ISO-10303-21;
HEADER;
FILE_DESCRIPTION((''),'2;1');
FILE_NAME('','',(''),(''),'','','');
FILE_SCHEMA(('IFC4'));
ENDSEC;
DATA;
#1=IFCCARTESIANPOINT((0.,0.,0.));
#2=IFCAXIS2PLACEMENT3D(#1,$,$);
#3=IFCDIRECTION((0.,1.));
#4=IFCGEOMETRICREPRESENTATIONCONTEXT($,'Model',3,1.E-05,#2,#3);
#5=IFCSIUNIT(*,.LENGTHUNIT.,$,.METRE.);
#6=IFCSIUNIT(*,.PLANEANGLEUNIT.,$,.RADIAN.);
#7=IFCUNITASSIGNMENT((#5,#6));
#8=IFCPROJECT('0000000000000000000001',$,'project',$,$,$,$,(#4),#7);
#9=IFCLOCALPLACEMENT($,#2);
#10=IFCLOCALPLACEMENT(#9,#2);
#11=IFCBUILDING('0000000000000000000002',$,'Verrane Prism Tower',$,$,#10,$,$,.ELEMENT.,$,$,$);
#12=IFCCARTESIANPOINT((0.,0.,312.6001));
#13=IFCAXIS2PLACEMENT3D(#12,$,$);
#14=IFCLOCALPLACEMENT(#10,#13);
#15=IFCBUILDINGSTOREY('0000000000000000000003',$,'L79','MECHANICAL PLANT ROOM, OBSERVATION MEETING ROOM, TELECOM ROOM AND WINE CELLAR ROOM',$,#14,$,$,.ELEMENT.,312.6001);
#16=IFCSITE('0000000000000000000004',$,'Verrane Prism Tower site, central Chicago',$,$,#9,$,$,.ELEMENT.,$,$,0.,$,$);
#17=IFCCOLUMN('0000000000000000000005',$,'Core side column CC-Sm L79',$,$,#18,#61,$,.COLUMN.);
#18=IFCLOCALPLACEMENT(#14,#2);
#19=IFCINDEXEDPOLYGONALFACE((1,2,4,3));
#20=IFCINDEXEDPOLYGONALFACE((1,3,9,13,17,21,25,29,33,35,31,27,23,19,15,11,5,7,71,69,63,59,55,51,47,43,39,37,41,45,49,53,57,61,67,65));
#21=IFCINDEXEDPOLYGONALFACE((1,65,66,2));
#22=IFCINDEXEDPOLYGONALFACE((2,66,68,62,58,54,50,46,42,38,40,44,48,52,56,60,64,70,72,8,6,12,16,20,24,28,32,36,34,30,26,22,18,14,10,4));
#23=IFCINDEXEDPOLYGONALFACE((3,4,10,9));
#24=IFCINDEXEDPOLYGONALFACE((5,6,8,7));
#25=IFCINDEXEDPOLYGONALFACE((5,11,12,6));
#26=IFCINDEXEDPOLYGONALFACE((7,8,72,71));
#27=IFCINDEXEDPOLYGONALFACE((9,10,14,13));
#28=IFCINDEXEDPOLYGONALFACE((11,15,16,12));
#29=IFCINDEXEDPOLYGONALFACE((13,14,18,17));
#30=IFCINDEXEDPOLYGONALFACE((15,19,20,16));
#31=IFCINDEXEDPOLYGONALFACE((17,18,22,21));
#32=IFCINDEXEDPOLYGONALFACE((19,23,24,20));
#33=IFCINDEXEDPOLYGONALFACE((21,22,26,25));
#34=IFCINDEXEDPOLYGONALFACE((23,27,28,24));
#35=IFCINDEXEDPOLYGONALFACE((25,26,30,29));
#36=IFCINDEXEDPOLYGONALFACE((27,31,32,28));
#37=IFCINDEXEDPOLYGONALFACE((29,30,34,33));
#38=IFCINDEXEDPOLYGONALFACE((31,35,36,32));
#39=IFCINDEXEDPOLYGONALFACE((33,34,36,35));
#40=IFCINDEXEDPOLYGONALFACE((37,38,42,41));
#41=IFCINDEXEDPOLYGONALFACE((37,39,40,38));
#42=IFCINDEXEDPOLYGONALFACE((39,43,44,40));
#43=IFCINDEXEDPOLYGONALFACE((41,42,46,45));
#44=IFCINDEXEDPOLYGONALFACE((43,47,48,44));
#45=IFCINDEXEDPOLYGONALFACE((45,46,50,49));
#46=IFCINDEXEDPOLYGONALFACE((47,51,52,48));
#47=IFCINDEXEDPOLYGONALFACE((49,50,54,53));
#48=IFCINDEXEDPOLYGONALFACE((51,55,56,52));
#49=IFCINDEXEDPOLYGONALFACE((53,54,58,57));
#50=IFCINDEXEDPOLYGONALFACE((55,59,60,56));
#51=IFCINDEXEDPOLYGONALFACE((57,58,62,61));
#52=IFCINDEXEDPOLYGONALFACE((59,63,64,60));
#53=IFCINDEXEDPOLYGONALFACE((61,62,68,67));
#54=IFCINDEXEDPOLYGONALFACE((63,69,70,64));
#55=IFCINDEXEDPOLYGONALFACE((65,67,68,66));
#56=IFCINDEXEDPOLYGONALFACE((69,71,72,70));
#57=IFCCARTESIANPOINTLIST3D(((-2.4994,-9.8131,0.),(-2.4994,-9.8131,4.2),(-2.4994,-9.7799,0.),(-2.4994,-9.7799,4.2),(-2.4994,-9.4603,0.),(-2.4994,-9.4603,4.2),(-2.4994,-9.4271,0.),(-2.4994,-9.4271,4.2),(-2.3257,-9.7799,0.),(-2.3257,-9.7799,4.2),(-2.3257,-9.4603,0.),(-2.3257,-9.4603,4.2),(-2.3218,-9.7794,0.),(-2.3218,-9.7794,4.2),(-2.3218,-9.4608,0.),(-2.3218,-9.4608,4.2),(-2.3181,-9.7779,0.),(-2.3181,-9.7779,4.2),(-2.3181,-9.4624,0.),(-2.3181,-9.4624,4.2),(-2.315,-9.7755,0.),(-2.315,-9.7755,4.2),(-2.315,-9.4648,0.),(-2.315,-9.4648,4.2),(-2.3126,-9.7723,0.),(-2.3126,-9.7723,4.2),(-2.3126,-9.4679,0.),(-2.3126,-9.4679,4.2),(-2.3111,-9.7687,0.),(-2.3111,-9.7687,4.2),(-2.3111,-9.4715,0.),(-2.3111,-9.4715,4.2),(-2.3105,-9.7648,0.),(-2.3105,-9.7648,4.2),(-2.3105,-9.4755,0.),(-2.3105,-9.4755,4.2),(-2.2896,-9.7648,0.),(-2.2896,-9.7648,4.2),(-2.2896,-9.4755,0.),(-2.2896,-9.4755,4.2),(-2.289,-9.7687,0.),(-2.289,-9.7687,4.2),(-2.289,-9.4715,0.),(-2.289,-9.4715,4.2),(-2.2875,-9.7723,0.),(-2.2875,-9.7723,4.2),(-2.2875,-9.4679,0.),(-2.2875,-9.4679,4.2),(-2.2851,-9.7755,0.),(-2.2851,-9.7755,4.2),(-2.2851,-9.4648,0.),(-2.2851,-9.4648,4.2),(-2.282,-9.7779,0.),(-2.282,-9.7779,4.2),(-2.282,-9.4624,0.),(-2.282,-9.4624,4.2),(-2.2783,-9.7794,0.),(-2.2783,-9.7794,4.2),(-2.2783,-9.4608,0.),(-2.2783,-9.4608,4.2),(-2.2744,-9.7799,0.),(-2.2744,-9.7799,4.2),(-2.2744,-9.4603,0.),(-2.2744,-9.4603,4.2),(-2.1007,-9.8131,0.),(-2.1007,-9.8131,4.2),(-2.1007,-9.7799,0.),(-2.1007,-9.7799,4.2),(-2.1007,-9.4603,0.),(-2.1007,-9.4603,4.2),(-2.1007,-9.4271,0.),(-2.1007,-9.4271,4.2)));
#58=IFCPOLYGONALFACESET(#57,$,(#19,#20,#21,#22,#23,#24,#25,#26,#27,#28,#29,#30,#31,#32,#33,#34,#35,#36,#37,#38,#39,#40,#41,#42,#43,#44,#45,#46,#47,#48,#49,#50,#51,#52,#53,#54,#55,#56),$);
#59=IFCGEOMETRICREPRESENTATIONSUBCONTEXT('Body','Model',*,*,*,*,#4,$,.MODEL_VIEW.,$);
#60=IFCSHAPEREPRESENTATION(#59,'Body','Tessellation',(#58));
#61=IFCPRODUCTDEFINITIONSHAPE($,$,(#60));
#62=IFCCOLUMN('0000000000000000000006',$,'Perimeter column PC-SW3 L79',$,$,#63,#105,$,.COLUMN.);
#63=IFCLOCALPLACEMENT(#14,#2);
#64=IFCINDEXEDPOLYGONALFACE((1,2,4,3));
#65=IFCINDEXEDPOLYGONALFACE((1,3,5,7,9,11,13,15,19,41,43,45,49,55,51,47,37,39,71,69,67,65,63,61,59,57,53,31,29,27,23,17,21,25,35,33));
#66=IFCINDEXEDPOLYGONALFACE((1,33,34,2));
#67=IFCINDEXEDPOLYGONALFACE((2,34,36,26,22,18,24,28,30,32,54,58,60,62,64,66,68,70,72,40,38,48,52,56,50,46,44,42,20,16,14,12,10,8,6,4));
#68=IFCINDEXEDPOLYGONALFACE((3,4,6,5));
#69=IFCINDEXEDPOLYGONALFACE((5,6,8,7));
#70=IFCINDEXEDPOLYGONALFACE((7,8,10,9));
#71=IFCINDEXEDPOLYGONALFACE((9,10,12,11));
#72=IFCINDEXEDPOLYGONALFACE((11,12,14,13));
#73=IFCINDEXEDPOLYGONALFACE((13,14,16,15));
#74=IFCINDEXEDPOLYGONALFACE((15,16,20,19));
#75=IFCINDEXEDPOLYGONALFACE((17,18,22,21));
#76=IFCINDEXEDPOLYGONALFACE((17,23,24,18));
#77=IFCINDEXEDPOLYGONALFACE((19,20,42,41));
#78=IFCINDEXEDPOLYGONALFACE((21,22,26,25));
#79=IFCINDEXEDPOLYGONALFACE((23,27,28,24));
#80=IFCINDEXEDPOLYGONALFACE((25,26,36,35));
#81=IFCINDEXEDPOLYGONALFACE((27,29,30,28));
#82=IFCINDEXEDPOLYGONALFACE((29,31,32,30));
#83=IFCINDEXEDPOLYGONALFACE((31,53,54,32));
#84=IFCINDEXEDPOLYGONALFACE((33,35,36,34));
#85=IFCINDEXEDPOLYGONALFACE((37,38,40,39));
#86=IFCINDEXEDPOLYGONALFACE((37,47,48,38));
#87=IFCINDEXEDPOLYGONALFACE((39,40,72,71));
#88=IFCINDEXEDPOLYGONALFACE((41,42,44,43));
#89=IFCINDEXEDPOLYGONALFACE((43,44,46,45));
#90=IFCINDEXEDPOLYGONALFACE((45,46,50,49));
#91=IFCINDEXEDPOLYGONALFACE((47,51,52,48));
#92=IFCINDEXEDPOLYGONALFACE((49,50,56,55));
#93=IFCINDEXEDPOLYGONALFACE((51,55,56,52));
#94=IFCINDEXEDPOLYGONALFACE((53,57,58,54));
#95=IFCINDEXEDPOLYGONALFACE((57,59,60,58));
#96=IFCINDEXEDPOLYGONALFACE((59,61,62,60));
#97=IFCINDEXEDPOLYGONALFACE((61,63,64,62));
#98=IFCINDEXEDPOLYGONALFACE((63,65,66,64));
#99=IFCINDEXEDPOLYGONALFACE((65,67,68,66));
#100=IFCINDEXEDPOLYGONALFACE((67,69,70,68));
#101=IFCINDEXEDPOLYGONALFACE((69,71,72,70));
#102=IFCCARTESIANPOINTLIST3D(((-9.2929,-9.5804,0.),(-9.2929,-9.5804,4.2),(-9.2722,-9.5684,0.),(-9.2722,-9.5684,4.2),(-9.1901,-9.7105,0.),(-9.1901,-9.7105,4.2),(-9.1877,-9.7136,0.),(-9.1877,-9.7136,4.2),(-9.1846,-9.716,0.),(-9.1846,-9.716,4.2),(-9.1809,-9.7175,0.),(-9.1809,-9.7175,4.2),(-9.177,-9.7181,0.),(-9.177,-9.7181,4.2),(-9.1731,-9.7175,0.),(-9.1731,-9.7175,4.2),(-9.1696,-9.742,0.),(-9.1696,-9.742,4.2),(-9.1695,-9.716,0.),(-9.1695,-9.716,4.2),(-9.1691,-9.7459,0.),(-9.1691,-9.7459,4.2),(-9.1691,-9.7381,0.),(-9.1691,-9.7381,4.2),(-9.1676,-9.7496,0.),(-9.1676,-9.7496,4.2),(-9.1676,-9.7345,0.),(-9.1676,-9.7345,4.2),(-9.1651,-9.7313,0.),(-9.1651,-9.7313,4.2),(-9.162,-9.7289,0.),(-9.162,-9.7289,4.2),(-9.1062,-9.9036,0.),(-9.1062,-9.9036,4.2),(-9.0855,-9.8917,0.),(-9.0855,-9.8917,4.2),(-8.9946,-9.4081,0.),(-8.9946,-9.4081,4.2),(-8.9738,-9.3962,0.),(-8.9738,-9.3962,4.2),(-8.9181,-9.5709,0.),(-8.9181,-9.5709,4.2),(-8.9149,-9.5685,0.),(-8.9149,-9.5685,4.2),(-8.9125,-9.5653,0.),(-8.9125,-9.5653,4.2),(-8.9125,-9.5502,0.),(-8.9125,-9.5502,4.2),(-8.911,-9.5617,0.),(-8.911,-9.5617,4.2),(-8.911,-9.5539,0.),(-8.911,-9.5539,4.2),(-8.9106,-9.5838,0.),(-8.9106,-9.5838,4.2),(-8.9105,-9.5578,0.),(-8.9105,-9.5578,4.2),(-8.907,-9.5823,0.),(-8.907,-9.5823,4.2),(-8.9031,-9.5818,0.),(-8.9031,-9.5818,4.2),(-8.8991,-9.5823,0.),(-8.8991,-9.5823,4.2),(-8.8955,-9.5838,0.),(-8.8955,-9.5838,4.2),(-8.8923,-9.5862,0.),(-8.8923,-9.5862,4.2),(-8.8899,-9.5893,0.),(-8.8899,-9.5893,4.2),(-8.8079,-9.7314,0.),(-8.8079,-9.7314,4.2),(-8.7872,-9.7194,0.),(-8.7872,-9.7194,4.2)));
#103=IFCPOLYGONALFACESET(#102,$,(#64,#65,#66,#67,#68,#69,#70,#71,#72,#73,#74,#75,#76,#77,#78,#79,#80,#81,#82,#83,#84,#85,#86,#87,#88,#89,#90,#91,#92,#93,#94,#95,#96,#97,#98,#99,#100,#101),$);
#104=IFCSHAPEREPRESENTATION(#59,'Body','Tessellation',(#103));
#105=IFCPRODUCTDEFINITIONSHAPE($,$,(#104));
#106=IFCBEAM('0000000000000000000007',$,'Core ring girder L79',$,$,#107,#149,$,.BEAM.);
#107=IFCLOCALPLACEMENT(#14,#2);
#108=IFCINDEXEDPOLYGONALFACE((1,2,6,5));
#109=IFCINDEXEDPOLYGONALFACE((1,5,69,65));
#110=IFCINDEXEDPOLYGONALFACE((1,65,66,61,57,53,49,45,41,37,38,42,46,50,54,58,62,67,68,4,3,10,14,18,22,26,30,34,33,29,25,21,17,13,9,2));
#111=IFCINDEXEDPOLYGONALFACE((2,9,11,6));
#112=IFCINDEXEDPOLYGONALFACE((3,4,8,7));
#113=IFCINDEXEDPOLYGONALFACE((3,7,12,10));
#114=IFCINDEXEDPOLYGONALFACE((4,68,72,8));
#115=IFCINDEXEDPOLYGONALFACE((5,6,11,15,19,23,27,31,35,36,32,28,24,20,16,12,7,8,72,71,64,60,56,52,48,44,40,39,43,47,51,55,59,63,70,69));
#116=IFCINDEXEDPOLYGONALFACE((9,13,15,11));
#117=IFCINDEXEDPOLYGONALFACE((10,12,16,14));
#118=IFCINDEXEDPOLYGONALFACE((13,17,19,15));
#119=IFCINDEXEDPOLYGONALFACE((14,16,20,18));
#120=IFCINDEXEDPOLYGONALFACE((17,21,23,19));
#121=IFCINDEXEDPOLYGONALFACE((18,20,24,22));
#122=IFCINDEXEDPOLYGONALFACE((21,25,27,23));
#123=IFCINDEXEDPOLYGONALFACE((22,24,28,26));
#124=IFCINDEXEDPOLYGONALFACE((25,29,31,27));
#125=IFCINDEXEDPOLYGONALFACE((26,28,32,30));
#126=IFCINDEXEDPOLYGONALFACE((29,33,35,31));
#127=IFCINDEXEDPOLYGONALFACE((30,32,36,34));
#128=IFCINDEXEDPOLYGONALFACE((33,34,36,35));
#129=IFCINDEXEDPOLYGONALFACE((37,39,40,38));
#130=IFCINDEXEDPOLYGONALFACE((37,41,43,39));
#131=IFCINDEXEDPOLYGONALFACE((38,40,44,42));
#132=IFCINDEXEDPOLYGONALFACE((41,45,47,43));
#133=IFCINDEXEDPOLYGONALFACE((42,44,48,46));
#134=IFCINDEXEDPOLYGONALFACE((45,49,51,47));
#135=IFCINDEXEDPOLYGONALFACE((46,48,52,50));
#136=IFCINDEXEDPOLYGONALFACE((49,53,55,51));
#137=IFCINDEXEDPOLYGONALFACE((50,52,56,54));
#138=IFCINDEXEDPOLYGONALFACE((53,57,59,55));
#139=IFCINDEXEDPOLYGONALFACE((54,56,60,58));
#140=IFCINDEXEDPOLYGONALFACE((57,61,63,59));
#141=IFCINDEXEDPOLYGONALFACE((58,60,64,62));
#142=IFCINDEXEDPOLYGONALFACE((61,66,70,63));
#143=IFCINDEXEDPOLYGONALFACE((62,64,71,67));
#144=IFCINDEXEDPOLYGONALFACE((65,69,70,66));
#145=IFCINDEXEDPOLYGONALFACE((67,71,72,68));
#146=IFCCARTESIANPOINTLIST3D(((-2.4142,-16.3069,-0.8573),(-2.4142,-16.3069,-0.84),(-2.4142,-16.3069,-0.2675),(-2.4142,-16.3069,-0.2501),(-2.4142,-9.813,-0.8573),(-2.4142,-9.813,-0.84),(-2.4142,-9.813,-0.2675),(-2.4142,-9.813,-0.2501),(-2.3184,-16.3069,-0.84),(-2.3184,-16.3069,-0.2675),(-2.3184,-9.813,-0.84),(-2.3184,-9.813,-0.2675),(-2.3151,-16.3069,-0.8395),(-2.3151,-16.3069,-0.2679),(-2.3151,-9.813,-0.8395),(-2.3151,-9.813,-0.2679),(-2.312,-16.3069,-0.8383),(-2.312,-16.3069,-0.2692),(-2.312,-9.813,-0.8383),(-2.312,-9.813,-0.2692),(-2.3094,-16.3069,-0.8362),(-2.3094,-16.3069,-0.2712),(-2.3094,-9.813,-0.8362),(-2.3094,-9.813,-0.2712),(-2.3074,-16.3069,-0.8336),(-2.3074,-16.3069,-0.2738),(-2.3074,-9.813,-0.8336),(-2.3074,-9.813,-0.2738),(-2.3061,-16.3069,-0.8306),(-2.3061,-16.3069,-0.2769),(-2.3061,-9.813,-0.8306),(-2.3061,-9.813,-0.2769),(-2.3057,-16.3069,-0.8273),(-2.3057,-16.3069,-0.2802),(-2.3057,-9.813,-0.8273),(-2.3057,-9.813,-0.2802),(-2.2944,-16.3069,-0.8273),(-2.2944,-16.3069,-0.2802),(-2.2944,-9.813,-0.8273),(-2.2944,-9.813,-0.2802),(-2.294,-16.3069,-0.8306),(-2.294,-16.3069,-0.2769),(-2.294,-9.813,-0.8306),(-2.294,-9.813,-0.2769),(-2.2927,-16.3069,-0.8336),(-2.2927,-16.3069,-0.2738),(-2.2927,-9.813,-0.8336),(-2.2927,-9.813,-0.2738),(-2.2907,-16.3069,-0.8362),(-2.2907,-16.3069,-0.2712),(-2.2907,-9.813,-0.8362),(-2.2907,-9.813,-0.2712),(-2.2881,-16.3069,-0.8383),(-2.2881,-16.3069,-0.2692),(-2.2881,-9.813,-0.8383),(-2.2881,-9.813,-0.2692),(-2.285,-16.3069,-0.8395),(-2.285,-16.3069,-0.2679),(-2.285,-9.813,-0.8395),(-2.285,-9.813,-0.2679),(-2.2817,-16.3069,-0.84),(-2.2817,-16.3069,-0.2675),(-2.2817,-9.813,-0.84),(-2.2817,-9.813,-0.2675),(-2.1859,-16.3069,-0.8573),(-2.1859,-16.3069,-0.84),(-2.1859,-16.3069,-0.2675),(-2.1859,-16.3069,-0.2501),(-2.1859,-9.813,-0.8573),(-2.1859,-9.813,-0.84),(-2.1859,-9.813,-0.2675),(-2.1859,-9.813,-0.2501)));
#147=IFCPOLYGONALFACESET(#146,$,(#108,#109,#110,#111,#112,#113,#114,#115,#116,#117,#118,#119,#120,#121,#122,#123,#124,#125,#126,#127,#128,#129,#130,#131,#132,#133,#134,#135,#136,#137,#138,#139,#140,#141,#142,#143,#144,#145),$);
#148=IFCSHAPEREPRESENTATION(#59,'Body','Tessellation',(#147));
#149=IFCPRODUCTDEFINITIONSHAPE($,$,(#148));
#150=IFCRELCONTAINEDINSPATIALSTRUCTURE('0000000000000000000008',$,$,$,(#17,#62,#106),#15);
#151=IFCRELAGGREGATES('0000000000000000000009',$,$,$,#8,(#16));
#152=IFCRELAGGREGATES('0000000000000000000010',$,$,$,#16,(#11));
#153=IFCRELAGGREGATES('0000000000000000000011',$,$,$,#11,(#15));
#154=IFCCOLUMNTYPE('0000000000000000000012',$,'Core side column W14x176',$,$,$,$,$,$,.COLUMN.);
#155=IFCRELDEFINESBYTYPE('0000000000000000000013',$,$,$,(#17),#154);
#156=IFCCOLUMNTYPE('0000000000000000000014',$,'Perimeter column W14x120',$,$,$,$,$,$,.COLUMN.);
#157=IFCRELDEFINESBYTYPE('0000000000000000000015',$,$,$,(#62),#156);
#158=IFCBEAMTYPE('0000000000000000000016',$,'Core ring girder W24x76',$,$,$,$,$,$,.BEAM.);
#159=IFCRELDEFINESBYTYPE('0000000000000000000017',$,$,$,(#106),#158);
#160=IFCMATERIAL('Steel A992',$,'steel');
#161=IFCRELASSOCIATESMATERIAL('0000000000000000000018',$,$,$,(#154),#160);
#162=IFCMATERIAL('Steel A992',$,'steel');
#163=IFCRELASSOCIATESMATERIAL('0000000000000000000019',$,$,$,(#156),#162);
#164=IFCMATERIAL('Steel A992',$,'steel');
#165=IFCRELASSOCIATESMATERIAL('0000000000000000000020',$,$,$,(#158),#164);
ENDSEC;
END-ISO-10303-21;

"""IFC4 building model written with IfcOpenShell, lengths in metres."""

from ifc_helpers import new_model, si_unit, direction, frame, origin, origin_2d, place, context, subcontext, project, spatial, i_section, extrude, material, material_profile, profile_set, type_object, element, save


model = new_model("IFC4")

# Units and contexts
model_context = context("Model", 3, precision=1e-05, world=origin(), true_north=direction((0.0, 1.0)))
body_context = subcontext(model_context, "Body", "Model", "MODEL_VIEW")
ifc_project = project(units=[si_unit("LENGTHUNIT", "METRE"), si_unit("PLANEANGLEUNIT", "RADIAN")], contexts=[model_context])

# Site, building, storey
site_placement = place(None, origin())
site = spatial("IfcSite", under=ifc_project, at=site_placement, Name="Verrane Prism Tower site, central Chicago", CompositionType="ELEMENT", RefElevation=0.0)
building_placement = place(site_placement, origin())
building = spatial("IfcBuilding", under=site, at=building_placement, Name="Verrane Prism Tower", CompositionType="ELEMENT")
storey_placement = place(building_placement, frame((0.0, 0.0, 312.6001)))
storey = spatial("IfcBuildingStorey", under=building, at=storey_placement, Name="L79", Description="MECHANICAL PLANT ROOM, OBSERVATION MEETING ROOM, TELECOM ROOM AND WINE CELLAR ROOM", CompositionType="ELEMENT", Elevation=312.6001)

# Columns
ifc_material_1 = material(Name="Steel A992", Category="steel")
ifc_material_profile_1 = material_profile(ifc_material_1, i_section(OverallWidth=0.3987, OverallDepth=0.386, WebThickness=0.021, FlangeThickness=0.0332, FilletRadius=0.0151, at=origin_2d()), Name="W14x176")
ifc_profile_set_1 = profile_set([ifc_material_profile_1], Name="Steel A992")
column_type_1 = type_object("IfcColumnType", Name="Core side column W14x176", PredefinedType="COLUMN", material=ifc_profile_set_1)
column_1_placement = place(storey_placement, frame((-2.3, -9.6201, 0.0), z_axis=(0.0, 0.0, 1.0), x_axis=(1.0, 0.0, 0.0)))
element("IfcColumn", 1, at=column_1_placement, inside=storey, type_object=column_type_1, Name="Core side column CC-Sm L79", PredefinedType="COLUMN", context=body_context, shape_type="SweptSolid", body=[
    extrude(i_section(OverallWidth=0.3987, OverallDepth=0.386, WebThickness=0.021, FlangeThickness=0.0332, FilletRadius=0.0151, at=origin_2d()), origin(), (0.0, 0.0, 1.0), 4.2),
])
ifc_material_2 = material(Name="Steel A992", Category="steel")
ifc_material_profile_2 = material_profile(ifc_material_2, i_section(OverallWidth=0.3733, OverallDepth=0.3684, WebThickness=0.0149, FlangeThickness=0.0239, FilletRadius=0.0151, at=origin_2d()), Name="W14x120")
ifc_profile_set_2 = profile_set([ifc_material_profile_2], Name="Steel A992")
column_type_2 = type_object("IfcColumnType", Name="Perimeter column W14x120", PredefinedType="COLUMN", material=ifc_profile_set_2)
column_2_placement = place(storey_placement, frame((-9.04, -9.6499, 0.0), z_axis=(0.0, 0.0, 1.0), x_axis=(-0.5, 0.866025, 0.0)))
element("IfcColumn", 2, at=column_2_placement, inside=storey, type_object=column_type_2, Name="Perimeter column PC-SW3 L79", PredefinedType="COLUMN", context=body_context, shape_type="SweptSolid", body=[
    extrude(i_section(OverallWidth=0.3733, OverallDepth=0.3684, WebThickness=0.0149, FlangeThickness=0.0239, FilletRadius=0.0151, at=origin_2d()), origin(), (0.0, 0.0, 1.0), 4.2),
])

# Beam
ifc_material_3 = material(Name="Steel A992", Category="steel")
ifc_material_profile_3 = material_profile(ifc_material_3, i_section(OverallWidth=0.2283, OverallDepth=0.6072, WebThickness=0.0112, FlangeThickness=0.0173, FilletRadius=0.0127, at=origin_2d()), Name="W24x76")
ifc_profile_set_3 = profile_set([ifc_material_profile_3], Name="Steel A992")
beam_type_1 = type_object("IfcBeamType", Name="Core ring girder W24x76", PredefinedType="BEAM", material=ifc_profile_set_3)
beam_1_placement = place(storey_placement, frame((-2.3, -9.813, -0.5537), z_axis=(0.0, -1.0, 0.0), x_axis=(1.0, 0.0, 0.0)))
element("IfcBeam", 3, at=beam_1_placement, inside=storey, type_object=beam_type_1, Name="Core ring girder L79", PredefinedType="BEAM", context=body_context, shape_type="SweptSolid", body=[
    extrude(i_section(OverallWidth=0.2283, OverallDepth=0.6072, WebThickness=0.0112, FlangeThickness=0.0173, FilletRadius=0.0127, at=origin_2d()), origin(), (0.0, 0.0, 1.0), 6.4939),
])

save(model, "model.ifc")
